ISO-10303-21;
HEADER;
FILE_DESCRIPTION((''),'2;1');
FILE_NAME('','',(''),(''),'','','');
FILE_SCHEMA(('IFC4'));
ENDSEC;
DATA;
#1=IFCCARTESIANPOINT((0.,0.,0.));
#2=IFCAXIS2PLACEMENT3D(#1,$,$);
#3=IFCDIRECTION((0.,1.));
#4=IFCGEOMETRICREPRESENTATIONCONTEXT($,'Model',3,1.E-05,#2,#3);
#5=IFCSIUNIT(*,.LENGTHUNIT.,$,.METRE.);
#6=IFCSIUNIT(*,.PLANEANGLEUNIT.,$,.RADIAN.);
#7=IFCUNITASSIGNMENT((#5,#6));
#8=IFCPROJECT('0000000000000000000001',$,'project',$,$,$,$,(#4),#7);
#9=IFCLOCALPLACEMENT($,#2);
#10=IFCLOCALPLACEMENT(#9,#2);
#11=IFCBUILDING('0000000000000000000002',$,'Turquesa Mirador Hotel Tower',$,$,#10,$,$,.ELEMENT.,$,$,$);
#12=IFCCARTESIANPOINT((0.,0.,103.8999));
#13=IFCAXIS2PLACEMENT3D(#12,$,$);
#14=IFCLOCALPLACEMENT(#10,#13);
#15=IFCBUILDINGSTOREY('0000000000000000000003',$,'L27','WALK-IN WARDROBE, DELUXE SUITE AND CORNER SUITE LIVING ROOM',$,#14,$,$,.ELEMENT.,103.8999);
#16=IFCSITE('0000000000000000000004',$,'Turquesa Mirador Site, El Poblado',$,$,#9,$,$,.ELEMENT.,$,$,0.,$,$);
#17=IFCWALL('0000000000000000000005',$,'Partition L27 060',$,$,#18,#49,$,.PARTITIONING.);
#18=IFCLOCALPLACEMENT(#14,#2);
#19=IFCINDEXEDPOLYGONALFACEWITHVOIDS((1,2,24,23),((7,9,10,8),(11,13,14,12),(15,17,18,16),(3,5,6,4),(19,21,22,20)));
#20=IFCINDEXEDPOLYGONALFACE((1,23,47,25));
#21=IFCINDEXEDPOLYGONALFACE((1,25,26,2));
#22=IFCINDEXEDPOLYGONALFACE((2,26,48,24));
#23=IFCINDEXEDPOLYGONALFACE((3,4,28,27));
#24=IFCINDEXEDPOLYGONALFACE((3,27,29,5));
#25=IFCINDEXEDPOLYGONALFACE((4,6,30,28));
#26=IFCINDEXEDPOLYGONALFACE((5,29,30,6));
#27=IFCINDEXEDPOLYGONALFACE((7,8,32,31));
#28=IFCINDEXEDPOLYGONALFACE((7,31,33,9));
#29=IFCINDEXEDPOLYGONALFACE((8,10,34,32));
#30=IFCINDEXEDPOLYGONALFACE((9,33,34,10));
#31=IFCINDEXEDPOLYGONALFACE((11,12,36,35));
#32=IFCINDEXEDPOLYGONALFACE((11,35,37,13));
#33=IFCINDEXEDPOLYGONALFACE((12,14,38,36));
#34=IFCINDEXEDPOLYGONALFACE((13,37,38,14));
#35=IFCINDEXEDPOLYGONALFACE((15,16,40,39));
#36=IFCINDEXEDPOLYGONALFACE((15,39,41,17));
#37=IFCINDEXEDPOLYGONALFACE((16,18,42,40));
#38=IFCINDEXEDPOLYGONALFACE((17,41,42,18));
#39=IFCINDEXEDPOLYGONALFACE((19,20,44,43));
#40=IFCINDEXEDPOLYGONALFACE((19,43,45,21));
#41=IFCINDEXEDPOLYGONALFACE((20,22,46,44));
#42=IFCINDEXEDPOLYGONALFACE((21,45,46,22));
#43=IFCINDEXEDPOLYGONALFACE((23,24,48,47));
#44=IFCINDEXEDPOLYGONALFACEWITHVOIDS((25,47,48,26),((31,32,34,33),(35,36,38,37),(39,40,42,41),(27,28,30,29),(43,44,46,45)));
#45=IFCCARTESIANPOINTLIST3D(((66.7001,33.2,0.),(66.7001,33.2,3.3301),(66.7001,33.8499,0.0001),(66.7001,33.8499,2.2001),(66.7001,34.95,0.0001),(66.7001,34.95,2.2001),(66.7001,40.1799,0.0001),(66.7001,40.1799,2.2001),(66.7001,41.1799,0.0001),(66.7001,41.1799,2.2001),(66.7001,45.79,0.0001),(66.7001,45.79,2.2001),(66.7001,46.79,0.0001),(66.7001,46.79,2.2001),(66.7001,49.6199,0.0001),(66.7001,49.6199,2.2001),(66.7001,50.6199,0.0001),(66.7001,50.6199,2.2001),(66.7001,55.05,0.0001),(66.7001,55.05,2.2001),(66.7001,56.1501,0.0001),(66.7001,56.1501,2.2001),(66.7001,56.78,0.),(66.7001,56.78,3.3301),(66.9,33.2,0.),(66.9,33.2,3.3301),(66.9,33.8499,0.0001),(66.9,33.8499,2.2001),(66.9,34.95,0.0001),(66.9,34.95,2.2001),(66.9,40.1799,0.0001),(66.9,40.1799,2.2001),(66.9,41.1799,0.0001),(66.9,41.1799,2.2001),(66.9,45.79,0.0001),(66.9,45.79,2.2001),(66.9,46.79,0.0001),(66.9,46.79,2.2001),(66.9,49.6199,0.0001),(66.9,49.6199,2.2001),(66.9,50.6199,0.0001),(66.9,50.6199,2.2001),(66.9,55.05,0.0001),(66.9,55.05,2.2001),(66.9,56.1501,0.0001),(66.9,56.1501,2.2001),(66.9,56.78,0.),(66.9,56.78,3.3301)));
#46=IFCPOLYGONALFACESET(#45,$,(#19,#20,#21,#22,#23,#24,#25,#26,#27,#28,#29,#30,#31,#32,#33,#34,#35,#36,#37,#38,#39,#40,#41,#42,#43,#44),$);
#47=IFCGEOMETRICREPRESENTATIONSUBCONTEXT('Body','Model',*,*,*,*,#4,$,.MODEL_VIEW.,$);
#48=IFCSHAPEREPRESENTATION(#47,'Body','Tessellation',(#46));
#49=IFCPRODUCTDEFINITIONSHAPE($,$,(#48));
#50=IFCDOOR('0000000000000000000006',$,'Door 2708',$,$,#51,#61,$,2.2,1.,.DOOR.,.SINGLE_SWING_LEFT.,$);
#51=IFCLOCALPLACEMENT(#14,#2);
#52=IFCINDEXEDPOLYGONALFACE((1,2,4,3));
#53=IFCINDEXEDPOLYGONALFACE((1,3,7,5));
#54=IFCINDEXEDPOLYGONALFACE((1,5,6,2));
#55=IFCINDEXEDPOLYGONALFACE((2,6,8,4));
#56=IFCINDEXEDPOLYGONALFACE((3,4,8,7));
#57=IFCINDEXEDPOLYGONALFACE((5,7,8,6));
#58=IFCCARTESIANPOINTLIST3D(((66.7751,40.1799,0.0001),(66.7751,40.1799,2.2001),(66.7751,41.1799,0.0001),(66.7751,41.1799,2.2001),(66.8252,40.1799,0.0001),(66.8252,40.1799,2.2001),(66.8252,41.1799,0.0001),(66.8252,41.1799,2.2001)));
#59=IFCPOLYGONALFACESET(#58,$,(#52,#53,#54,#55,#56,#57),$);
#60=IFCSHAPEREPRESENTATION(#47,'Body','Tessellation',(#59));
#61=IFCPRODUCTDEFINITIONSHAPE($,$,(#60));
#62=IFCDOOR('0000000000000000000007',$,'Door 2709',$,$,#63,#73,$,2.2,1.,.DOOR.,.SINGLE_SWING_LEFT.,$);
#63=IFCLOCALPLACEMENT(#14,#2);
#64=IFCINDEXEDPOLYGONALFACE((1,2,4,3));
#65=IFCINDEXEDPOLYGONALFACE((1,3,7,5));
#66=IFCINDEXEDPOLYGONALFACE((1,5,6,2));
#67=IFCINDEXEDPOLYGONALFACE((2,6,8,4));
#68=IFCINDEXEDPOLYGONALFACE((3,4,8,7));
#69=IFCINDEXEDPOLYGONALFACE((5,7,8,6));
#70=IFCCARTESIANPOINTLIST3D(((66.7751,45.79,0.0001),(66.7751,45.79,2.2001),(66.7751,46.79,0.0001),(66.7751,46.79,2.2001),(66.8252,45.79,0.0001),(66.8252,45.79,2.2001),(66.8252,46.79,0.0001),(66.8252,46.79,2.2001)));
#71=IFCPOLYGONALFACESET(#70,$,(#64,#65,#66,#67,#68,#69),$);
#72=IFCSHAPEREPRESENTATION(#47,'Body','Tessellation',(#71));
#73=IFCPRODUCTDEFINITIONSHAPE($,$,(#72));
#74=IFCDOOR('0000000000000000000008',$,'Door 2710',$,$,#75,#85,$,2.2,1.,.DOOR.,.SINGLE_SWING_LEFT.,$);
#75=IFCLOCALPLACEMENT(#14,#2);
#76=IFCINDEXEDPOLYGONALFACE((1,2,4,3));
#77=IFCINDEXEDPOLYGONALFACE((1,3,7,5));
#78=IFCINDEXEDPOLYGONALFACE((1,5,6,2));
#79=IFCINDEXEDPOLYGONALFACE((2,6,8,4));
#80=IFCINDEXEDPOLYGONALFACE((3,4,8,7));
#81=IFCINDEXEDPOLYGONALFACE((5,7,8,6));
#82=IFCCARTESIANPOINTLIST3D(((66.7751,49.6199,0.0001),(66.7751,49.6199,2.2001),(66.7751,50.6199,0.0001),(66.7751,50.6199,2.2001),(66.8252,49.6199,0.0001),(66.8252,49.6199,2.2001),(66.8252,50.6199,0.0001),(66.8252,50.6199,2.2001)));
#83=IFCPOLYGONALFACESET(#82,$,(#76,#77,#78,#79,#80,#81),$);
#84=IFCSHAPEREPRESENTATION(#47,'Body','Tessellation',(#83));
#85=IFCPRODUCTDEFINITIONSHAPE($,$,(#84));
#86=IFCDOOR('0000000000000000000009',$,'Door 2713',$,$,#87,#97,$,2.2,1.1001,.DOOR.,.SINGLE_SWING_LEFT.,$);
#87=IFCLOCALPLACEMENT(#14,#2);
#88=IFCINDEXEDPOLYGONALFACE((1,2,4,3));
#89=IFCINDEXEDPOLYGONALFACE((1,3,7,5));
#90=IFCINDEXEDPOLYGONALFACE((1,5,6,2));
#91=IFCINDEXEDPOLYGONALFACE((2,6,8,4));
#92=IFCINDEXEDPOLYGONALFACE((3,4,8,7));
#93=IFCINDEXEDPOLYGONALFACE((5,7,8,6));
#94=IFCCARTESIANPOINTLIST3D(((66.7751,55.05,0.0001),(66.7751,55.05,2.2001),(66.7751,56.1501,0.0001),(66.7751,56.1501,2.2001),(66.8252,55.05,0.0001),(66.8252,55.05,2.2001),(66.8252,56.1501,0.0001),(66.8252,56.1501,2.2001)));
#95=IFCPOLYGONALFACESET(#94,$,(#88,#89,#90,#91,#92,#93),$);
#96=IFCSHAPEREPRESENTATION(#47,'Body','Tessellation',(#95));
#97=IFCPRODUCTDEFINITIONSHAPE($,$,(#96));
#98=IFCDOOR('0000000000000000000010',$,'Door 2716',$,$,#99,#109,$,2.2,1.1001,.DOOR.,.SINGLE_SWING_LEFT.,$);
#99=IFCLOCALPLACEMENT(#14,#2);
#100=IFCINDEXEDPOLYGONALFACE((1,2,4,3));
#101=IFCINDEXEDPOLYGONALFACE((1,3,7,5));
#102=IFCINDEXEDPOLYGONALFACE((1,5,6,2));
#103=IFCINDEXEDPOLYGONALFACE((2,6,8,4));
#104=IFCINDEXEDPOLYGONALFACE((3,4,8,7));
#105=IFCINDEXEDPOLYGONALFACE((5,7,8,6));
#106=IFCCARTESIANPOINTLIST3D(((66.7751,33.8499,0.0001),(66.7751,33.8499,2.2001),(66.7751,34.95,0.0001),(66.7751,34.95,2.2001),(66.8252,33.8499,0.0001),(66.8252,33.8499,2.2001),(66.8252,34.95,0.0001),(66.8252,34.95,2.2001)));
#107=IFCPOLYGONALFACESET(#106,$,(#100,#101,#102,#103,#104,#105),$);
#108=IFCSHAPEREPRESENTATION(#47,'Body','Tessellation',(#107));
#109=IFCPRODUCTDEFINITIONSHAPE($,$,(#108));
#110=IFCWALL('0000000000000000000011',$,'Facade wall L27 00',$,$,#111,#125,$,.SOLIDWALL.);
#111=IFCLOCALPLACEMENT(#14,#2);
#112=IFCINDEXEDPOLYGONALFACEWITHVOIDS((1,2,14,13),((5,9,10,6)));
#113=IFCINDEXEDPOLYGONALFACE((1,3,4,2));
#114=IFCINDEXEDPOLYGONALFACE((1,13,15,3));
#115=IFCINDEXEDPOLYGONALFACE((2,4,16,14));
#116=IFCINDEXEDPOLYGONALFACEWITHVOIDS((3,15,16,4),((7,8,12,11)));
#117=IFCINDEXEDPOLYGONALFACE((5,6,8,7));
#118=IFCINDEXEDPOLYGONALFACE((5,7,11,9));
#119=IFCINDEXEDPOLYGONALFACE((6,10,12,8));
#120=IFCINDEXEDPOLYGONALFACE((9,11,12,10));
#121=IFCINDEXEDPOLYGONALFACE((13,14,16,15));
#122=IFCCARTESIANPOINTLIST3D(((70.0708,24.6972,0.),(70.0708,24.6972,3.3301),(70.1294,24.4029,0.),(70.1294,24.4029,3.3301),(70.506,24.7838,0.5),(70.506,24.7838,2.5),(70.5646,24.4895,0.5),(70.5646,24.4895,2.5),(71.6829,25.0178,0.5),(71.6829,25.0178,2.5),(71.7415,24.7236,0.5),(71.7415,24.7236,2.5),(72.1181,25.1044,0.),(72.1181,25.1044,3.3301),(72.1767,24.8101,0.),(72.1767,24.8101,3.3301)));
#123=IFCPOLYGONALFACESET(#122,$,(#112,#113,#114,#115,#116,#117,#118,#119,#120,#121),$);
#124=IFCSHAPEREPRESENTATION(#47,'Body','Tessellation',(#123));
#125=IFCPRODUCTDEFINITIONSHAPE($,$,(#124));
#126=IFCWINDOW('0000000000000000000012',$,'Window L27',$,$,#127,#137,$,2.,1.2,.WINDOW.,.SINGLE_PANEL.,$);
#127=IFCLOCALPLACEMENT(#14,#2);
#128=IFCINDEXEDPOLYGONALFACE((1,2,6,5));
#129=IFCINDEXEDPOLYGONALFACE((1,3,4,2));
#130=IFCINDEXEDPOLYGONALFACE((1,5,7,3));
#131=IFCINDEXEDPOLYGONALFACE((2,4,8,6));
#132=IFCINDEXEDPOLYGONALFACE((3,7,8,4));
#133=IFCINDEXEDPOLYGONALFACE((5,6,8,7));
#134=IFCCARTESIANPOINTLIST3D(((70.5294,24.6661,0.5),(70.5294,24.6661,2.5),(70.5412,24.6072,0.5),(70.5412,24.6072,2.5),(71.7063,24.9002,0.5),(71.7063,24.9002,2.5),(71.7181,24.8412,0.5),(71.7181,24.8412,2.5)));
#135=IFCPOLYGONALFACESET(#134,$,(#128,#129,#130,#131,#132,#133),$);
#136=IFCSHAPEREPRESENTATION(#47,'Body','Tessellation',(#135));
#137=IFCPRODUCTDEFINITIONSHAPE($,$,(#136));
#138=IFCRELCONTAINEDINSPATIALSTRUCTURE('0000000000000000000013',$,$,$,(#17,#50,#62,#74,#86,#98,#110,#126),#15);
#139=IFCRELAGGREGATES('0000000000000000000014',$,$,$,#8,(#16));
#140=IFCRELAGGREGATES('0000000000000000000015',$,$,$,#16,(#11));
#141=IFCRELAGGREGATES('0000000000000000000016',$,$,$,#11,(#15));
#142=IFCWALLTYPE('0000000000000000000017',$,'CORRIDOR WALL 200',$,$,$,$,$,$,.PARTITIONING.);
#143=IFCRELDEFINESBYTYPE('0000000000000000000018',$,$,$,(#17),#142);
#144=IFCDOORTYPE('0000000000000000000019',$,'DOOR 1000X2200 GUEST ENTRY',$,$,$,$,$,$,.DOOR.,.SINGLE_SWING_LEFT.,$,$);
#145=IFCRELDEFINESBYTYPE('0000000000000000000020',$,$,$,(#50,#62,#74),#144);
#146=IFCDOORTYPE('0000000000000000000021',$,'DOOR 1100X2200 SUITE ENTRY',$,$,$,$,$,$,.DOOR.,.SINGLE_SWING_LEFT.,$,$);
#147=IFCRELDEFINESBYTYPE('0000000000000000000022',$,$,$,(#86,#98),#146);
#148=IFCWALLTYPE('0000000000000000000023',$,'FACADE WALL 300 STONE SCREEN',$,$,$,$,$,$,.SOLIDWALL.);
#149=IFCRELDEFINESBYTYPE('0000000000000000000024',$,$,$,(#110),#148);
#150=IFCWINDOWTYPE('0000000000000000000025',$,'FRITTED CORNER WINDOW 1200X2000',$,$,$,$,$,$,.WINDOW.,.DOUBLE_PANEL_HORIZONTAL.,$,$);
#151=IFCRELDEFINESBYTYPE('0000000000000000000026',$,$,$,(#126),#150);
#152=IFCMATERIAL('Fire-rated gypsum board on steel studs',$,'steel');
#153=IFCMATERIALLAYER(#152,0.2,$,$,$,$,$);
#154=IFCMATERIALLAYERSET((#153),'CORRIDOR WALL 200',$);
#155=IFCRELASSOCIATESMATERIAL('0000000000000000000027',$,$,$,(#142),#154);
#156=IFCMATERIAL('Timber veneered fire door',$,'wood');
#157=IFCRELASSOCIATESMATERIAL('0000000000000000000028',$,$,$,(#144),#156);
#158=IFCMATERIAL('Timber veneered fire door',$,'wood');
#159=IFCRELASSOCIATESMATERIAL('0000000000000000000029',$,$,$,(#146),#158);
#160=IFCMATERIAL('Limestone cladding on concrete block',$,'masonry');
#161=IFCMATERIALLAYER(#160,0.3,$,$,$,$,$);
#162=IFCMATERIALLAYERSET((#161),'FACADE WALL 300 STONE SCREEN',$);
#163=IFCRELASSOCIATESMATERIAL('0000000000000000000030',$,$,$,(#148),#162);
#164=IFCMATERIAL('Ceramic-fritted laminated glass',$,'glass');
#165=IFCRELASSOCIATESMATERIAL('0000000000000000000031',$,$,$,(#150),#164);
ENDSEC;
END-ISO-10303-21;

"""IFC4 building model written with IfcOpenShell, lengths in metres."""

from ifc_helpers import new_model, si_unit, direction, frame, frame_2d, origin, place, context, subcontext, project, spatial, rectangle, extrude, material, layer, layer_set, type_object, element, fill, save


model = new_model("IFC4")

# Units and contexts
model_context = context("Model", 3, precision=1e-05, world=origin(), true_north=direction((0.0, 1.0)))
body_context = subcontext(model_context, "Body", "Model", "MODEL_VIEW")
ifc_project = project(units=[si_unit("LENGTHUNIT", "METRE"), si_unit("PLANEANGLEUNIT", "RADIAN")], contexts=[model_context])

# Site, building, storey
site_placement = place(None, origin())
site = spatial("IfcSite", under=ifc_project, at=site_placement, Name="Turquesa Mirador Site, El Poblado", CompositionType="ELEMENT", RefElevation=0.0)
building_placement = place(site_placement, origin())
building = spatial("IfcBuilding", under=site, at=building_placement, Name="Turquesa Mirador Hotel Tower", CompositionType="ELEMENT")
storey_placement = place(building_placement, frame((0.0, 0.0, 103.8999)))
storey = spatial("IfcBuildingStorey", under=building, at=storey_placement, Name="L27", Description="WALK-IN WARDROBE, DELUXE SUITE AND CORNER SUITE LIVING ROOM", CompositionType="ELEMENT", Elevation=103.8999)

# Wall, openings, doors
ifc_material_1 = material(Name="Fire-rated gypsum board on steel studs", Category="steel")
ifc_layer_1 = layer(ifc_material_1, 0.2)
ifc_layer_set_1 = layer_set([ifc_layer_1], Name="CORRIDOR WALL 200")
wall_type_1 = type_object("IfcWallType", Name="CORRIDOR WALL 200", PredefinedType="PARTITIONING", material=ifc_layer_set_1)
wall_1_placement = place(storey_placement, frame((66.8, 33.2, 0.0), z_axis=(0.0, 0.0, 1.0), x_axis=(0.0, 1.0, 0.0)))
wall_1 = element("IfcWall", 1, at=wall_1_placement, inside=storey, type_object=wall_type_1, Name="Partition L27 060", PredefinedType="PARTITIONING", context=body_context, shape_type="SweptSolid", body=[
    extrude(rectangle(XDim=23.5801, YDim=0.2, at=frame_2d((11.79, 0.0))), origin(), (0.0, 0.0, 1.0), 3.3301),
])
opening_1_placement = place(wall_1_placement, frame((6.98, 0.0, 0.0)))
opening_1 = element("IfcOpeningElement", 2, at=opening_1_placement, cuts=wall_1, PredefinedType="OPENING", context=body_context, shape_type="SweptSolid", body=[
    extrude(rectangle(XDim=1.0, YDim=2.2, at=frame_2d((0.5, 1.1001))), frame((0.0, 0.1099, 0.0), z_axis=(0.0, -1.0, 0.0), x_axis=(1.0, 0.0, 0.0)), (0.0, 0.0, 1.0), 0.22),
])
opening_2_placement = place(wall_1_placement, frame((12.5901, 0.0, 0.0)))
opening_2 = element("IfcOpeningElement", 3, at=opening_2_placement, cuts=wall_1, PredefinedType="OPENING", context=body_context, shape_type="SweptSolid", body=[
    extrude(rectangle(XDim=1.0, YDim=2.2, at=frame_2d((0.5, 1.1001))), frame((0.0, 0.1099, 0.0), z_axis=(0.0, -1.0, 0.0), x_axis=(1.0, 0.0, 0.0)), (0.0, 0.0, 1.0), 0.22),
])
opening_3_placement = place(wall_1_placement, frame((16.4199, 0.0, 0.0)))
opening_3 = element("IfcOpeningElement", 4, at=opening_3_placement, cuts=wall_1, PredefinedType="OPENING", context=body_context, shape_type="SweptSolid", body=[
    extrude(rectangle(XDim=1.0, YDim=2.2, at=frame_2d((0.5, 1.1001))), frame((0.0, 0.1099, 0.0), z_axis=(0.0, -1.0, 0.0), x_axis=(1.0, 0.0, 0.0)), (0.0, 0.0, 1.0), 0.22),
])
opening_4_placement = place(wall_1_placement, frame((21.8501, 0.0, 0.0)))
opening_4 = element("IfcOpeningElement", 5, at=opening_4_placement, cuts=wall_1, PredefinedType="OPENING", context=body_context, shape_type="SweptSolid", body=[
    extrude(rectangle(XDim=1.1001, YDim=2.2, at=frame_2d((0.55, 1.1001))), frame((0.0, 0.1099, 0.0), z_axis=(0.0, -1.0, 0.0), x_axis=(1.0, 0.0, 0.0)), (0.0, 0.0, 1.0), 0.22),
])
opening_5_placement = place(wall_1_placement, frame((0.6499, 0.0, 0.0)))
opening_5 = element("IfcOpeningElement", 6, at=opening_5_placement, cuts=wall_1, PredefinedType="OPENING", context=body_context, shape_type="SweptSolid", body=[
    extrude(rectangle(XDim=1.1001, YDim=2.2, at=frame_2d((0.55, 1.1001))), frame((0.0, 0.1099, 0.0), z_axis=(0.0, -1.0, 0.0), x_axis=(1.0, 0.0, 0.0)), (0.0, 0.0, 1.0), 0.22),
])
ifc_material_2 = material(Name="Timber veneered fire door", Category="wood")
door_type_1 = type_object("IfcDoorType", Name="DOOR 1000X2200 GUEST ENTRY", OperationType="SINGLE_SWING_LEFT", PredefinedType="DOOR", material=ifc_material_2)
door_1_placement = place(opening_1_placement, origin())
door_1 = element("IfcDoor", 7, at=door_1_placement, inside=storey, type_object=door_type_1, Name="Door 2708", OperationType="SINGLE_SWING_LEFT", OverallHeight=2.2, OverallWidth=1.0, PredefinedType="DOOR", context=body_context, shape_type="SweptSolid", body=[
    extrude(rectangle(XDim=1.0, YDim=2.2, at=frame_2d((0.5, 1.1001))), frame((0.0, 0.0249, 0.0), z_axis=(0.0, -1.0, 0.0), x_axis=(1.0, 0.0, 0.0)), (0.0, 0.0, 1.0), 0.05),
])
fill(opening_1, door_1)
door_2_placement = place(opening_2_placement, origin())
door_2 = element("IfcDoor", 8, at=door_2_placement, inside=storey, type_object=door_type_1, Name="Door 2709", OperationType="SINGLE_SWING_LEFT", OverallHeight=2.2, OverallWidth=1.0, PredefinedType="DOOR", context=body_context, shape_type="SweptSolid", body=[
    extrude(rectangle(XDim=1.0, YDim=2.2, at=frame_2d((0.5, 1.1001))), frame((0.0, 0.0249, 0.0), z_axis=(0.0, -1.0, 0.0), x_axis=(1.0, 0.0, 0.0)), (0.0, 0.0, 1.0), 0.05),
])
fill(opening_2, door_2)
door_3_placement = place(opening_3_placement, origin())
door_3 = element("IfcDoor", 9, at=door_3_placement, inside=storey, type_object=door_type_1, Name="Door 2710", OperationType="SINGLE_SWING_LEFT", OverallHeight=2.2, OverallWidth=1.0, PredefinedType="DOOR", context=body_context, shape_type="SweptSolid", body=[
    extrude(rectangle(XDim=1.0, YDim=2.2, at=frame_2d((0.5, 1.1001))), frame((0.0, 0.0249, 0.0), z_axis=(0.0, -1.0, 0.0), x_axis=(1.0, 0.0, 0.0)), (0.0, 0.0, 1.0), 0.05),
])
fill(opening_3, door_3)
ifc_material_3 = material(Name="Timber veneered fire door", Category="wood")
door_type_2 = type_object("IfcDoorType", Name="DOOR 1100X2200 SUITE ENTRY", OperationType="SINGLE_SWING_LEFT", PredefinedType="DOOR", material=ifc_material_3)
door_4_placement = place(opening_4_placement, origin())
door_4 = element("IfcDoor", 10, at=door_4_placement, inside=storey, type_object=door_type_2, Name="Door 2713", OperationType="SINGLE_SWING_LEFT", OverallHeight=2.2, OverallWidth=1.1001, PredefinedType="DOOR", context=body_context, shape_type="SweptSolid", body=[
    extrude(rectangle(XDim=1.1001, YDim=2.2, at=frame_2d((0.55, 1.1001))), frame((0.0, 0.0249, 0.0), z_axis=(0.0, -1.0, 0.0), x_axis=(1.0, 0.0, 0.0)), (0.0, 0.0, 1.0), 0.05),
])
fill(opening_4, door_4)
door_5_placement = place(opening_5_placement, origin())
door_5 = element("IfcDoor", 11, at=door_5_placement, inside=storey, type_object=door_type_2, Name="Door 2716", OperationType="SINGLE_SWING_LEFT", OverallHeight=2.2, OverallWidth=1.1001, PredefinedType="DOOR", context=body_context, shape_type="SweptSolid", body=[
    extrude(rectangle(XDim=1.1001, YDim=2.2, at=frame_2d((0.55, 1.1001))), frame((0.0, 0.0249, 0.0), z_axis=(0.0, -1.0, 0.0), x_axis=(1.0, 0.0, 0.0)), (0.0, 0.0, 1.0), 0.05),
])
fill(opening_5, door_5)

# Wall, opening, window
ifc_material_4 = material(Name="Limestone cladding on concrete block", Category="masonry")
ifc_layer_2 = layer(ifc_material_4, 0.3)
ifc_layer_set_2 = layer_set([ifc_layer_2], Name="FACADE WALL 300 STONE SCREEN")
wall_type_2 = type_object("IfcWallType", Name="FACADE WALL 300 STONE SCREEN", PredefinedType="SOLIDWALL", material=ifc_layer_set_2)
wall_2_placement = place(storey_placement, frame((70.1001, 24.55, 0.0), z_axis=(0.0, 0.0, 1.0), x_axis=(0.980787, 0.195081, 0.0)))
wall_2 = element("IfcWall", 12, at=wall_2_placement, inside=storey, type_object=wall_type_2, Name="Facade wall L27 00", PredefinedType="SOLIDWALL", context=body_context, shape_type="SweptSolid", body=[
    extrude(rectangle(XDim=2.0874, YDim=0.3, at=frame_2d((1.0437, 0.0))), origin(), (0.0, 0.0, 1.0), 3.3301),
])
opening_6_placement = place(wall_2_placement, frame((0.4436, 0.0, 0.5)))
opening_6 = element("IfcOpeningElement", 13, at=opening_6_placement, cuts=wall_2, PredefinedType="OPENING", context=body_context, shape_type="SweptSolid", body=[
    extrude(rectangle(XDim=1.2, YDim=2.0, at=frame_2d((0.6001, 1.0))), frame((0.0, 0.1599, 0.0), z_axis=(0.0, -1.0, 0.0), x_axis=(1.0, 0.0, 0.0)), (0.0, 0.0, 1.0), 0.3201),
])
ifc_material_5 = material(Name="Ceramic-fritted laminated glass", Category="glass")
window_type = type_object("IfcWindowType", Name="FRITTED CORNER WINDOW 1200X2000", PartitioningType="DOUBLE_PANEL_HORIZONTAL", PredefinedType="WINDOW", material=ifc_material_5)
window_1_placement = place(opening_6_placement, origin())
window_1 = element("IfcWindow", 14, at=window_1_placement, inside=storey, type_object=window_type, Name="Window L27", OverallHeight=2.0, OverallWidth=1.2, PartitioningType="SINGLE_PANEL", PredefinedType="WINDOW", context=body_context, shape_type="SweptSolid", body=[
    extrude(rectangle(XDim=1.2, YDim=2.0, at=frame_2d((0.6001, 1.0))), frame((0.0, 0.03, 0.0), z_axis=(0.0, -1.0, 0.0), x_axis=(1.0, 0.0, 0.0)), (0.0, 0.0, 1.0), 0.0601),
])
fill(opening_6, window_1)

save(model, "model.ifc")
